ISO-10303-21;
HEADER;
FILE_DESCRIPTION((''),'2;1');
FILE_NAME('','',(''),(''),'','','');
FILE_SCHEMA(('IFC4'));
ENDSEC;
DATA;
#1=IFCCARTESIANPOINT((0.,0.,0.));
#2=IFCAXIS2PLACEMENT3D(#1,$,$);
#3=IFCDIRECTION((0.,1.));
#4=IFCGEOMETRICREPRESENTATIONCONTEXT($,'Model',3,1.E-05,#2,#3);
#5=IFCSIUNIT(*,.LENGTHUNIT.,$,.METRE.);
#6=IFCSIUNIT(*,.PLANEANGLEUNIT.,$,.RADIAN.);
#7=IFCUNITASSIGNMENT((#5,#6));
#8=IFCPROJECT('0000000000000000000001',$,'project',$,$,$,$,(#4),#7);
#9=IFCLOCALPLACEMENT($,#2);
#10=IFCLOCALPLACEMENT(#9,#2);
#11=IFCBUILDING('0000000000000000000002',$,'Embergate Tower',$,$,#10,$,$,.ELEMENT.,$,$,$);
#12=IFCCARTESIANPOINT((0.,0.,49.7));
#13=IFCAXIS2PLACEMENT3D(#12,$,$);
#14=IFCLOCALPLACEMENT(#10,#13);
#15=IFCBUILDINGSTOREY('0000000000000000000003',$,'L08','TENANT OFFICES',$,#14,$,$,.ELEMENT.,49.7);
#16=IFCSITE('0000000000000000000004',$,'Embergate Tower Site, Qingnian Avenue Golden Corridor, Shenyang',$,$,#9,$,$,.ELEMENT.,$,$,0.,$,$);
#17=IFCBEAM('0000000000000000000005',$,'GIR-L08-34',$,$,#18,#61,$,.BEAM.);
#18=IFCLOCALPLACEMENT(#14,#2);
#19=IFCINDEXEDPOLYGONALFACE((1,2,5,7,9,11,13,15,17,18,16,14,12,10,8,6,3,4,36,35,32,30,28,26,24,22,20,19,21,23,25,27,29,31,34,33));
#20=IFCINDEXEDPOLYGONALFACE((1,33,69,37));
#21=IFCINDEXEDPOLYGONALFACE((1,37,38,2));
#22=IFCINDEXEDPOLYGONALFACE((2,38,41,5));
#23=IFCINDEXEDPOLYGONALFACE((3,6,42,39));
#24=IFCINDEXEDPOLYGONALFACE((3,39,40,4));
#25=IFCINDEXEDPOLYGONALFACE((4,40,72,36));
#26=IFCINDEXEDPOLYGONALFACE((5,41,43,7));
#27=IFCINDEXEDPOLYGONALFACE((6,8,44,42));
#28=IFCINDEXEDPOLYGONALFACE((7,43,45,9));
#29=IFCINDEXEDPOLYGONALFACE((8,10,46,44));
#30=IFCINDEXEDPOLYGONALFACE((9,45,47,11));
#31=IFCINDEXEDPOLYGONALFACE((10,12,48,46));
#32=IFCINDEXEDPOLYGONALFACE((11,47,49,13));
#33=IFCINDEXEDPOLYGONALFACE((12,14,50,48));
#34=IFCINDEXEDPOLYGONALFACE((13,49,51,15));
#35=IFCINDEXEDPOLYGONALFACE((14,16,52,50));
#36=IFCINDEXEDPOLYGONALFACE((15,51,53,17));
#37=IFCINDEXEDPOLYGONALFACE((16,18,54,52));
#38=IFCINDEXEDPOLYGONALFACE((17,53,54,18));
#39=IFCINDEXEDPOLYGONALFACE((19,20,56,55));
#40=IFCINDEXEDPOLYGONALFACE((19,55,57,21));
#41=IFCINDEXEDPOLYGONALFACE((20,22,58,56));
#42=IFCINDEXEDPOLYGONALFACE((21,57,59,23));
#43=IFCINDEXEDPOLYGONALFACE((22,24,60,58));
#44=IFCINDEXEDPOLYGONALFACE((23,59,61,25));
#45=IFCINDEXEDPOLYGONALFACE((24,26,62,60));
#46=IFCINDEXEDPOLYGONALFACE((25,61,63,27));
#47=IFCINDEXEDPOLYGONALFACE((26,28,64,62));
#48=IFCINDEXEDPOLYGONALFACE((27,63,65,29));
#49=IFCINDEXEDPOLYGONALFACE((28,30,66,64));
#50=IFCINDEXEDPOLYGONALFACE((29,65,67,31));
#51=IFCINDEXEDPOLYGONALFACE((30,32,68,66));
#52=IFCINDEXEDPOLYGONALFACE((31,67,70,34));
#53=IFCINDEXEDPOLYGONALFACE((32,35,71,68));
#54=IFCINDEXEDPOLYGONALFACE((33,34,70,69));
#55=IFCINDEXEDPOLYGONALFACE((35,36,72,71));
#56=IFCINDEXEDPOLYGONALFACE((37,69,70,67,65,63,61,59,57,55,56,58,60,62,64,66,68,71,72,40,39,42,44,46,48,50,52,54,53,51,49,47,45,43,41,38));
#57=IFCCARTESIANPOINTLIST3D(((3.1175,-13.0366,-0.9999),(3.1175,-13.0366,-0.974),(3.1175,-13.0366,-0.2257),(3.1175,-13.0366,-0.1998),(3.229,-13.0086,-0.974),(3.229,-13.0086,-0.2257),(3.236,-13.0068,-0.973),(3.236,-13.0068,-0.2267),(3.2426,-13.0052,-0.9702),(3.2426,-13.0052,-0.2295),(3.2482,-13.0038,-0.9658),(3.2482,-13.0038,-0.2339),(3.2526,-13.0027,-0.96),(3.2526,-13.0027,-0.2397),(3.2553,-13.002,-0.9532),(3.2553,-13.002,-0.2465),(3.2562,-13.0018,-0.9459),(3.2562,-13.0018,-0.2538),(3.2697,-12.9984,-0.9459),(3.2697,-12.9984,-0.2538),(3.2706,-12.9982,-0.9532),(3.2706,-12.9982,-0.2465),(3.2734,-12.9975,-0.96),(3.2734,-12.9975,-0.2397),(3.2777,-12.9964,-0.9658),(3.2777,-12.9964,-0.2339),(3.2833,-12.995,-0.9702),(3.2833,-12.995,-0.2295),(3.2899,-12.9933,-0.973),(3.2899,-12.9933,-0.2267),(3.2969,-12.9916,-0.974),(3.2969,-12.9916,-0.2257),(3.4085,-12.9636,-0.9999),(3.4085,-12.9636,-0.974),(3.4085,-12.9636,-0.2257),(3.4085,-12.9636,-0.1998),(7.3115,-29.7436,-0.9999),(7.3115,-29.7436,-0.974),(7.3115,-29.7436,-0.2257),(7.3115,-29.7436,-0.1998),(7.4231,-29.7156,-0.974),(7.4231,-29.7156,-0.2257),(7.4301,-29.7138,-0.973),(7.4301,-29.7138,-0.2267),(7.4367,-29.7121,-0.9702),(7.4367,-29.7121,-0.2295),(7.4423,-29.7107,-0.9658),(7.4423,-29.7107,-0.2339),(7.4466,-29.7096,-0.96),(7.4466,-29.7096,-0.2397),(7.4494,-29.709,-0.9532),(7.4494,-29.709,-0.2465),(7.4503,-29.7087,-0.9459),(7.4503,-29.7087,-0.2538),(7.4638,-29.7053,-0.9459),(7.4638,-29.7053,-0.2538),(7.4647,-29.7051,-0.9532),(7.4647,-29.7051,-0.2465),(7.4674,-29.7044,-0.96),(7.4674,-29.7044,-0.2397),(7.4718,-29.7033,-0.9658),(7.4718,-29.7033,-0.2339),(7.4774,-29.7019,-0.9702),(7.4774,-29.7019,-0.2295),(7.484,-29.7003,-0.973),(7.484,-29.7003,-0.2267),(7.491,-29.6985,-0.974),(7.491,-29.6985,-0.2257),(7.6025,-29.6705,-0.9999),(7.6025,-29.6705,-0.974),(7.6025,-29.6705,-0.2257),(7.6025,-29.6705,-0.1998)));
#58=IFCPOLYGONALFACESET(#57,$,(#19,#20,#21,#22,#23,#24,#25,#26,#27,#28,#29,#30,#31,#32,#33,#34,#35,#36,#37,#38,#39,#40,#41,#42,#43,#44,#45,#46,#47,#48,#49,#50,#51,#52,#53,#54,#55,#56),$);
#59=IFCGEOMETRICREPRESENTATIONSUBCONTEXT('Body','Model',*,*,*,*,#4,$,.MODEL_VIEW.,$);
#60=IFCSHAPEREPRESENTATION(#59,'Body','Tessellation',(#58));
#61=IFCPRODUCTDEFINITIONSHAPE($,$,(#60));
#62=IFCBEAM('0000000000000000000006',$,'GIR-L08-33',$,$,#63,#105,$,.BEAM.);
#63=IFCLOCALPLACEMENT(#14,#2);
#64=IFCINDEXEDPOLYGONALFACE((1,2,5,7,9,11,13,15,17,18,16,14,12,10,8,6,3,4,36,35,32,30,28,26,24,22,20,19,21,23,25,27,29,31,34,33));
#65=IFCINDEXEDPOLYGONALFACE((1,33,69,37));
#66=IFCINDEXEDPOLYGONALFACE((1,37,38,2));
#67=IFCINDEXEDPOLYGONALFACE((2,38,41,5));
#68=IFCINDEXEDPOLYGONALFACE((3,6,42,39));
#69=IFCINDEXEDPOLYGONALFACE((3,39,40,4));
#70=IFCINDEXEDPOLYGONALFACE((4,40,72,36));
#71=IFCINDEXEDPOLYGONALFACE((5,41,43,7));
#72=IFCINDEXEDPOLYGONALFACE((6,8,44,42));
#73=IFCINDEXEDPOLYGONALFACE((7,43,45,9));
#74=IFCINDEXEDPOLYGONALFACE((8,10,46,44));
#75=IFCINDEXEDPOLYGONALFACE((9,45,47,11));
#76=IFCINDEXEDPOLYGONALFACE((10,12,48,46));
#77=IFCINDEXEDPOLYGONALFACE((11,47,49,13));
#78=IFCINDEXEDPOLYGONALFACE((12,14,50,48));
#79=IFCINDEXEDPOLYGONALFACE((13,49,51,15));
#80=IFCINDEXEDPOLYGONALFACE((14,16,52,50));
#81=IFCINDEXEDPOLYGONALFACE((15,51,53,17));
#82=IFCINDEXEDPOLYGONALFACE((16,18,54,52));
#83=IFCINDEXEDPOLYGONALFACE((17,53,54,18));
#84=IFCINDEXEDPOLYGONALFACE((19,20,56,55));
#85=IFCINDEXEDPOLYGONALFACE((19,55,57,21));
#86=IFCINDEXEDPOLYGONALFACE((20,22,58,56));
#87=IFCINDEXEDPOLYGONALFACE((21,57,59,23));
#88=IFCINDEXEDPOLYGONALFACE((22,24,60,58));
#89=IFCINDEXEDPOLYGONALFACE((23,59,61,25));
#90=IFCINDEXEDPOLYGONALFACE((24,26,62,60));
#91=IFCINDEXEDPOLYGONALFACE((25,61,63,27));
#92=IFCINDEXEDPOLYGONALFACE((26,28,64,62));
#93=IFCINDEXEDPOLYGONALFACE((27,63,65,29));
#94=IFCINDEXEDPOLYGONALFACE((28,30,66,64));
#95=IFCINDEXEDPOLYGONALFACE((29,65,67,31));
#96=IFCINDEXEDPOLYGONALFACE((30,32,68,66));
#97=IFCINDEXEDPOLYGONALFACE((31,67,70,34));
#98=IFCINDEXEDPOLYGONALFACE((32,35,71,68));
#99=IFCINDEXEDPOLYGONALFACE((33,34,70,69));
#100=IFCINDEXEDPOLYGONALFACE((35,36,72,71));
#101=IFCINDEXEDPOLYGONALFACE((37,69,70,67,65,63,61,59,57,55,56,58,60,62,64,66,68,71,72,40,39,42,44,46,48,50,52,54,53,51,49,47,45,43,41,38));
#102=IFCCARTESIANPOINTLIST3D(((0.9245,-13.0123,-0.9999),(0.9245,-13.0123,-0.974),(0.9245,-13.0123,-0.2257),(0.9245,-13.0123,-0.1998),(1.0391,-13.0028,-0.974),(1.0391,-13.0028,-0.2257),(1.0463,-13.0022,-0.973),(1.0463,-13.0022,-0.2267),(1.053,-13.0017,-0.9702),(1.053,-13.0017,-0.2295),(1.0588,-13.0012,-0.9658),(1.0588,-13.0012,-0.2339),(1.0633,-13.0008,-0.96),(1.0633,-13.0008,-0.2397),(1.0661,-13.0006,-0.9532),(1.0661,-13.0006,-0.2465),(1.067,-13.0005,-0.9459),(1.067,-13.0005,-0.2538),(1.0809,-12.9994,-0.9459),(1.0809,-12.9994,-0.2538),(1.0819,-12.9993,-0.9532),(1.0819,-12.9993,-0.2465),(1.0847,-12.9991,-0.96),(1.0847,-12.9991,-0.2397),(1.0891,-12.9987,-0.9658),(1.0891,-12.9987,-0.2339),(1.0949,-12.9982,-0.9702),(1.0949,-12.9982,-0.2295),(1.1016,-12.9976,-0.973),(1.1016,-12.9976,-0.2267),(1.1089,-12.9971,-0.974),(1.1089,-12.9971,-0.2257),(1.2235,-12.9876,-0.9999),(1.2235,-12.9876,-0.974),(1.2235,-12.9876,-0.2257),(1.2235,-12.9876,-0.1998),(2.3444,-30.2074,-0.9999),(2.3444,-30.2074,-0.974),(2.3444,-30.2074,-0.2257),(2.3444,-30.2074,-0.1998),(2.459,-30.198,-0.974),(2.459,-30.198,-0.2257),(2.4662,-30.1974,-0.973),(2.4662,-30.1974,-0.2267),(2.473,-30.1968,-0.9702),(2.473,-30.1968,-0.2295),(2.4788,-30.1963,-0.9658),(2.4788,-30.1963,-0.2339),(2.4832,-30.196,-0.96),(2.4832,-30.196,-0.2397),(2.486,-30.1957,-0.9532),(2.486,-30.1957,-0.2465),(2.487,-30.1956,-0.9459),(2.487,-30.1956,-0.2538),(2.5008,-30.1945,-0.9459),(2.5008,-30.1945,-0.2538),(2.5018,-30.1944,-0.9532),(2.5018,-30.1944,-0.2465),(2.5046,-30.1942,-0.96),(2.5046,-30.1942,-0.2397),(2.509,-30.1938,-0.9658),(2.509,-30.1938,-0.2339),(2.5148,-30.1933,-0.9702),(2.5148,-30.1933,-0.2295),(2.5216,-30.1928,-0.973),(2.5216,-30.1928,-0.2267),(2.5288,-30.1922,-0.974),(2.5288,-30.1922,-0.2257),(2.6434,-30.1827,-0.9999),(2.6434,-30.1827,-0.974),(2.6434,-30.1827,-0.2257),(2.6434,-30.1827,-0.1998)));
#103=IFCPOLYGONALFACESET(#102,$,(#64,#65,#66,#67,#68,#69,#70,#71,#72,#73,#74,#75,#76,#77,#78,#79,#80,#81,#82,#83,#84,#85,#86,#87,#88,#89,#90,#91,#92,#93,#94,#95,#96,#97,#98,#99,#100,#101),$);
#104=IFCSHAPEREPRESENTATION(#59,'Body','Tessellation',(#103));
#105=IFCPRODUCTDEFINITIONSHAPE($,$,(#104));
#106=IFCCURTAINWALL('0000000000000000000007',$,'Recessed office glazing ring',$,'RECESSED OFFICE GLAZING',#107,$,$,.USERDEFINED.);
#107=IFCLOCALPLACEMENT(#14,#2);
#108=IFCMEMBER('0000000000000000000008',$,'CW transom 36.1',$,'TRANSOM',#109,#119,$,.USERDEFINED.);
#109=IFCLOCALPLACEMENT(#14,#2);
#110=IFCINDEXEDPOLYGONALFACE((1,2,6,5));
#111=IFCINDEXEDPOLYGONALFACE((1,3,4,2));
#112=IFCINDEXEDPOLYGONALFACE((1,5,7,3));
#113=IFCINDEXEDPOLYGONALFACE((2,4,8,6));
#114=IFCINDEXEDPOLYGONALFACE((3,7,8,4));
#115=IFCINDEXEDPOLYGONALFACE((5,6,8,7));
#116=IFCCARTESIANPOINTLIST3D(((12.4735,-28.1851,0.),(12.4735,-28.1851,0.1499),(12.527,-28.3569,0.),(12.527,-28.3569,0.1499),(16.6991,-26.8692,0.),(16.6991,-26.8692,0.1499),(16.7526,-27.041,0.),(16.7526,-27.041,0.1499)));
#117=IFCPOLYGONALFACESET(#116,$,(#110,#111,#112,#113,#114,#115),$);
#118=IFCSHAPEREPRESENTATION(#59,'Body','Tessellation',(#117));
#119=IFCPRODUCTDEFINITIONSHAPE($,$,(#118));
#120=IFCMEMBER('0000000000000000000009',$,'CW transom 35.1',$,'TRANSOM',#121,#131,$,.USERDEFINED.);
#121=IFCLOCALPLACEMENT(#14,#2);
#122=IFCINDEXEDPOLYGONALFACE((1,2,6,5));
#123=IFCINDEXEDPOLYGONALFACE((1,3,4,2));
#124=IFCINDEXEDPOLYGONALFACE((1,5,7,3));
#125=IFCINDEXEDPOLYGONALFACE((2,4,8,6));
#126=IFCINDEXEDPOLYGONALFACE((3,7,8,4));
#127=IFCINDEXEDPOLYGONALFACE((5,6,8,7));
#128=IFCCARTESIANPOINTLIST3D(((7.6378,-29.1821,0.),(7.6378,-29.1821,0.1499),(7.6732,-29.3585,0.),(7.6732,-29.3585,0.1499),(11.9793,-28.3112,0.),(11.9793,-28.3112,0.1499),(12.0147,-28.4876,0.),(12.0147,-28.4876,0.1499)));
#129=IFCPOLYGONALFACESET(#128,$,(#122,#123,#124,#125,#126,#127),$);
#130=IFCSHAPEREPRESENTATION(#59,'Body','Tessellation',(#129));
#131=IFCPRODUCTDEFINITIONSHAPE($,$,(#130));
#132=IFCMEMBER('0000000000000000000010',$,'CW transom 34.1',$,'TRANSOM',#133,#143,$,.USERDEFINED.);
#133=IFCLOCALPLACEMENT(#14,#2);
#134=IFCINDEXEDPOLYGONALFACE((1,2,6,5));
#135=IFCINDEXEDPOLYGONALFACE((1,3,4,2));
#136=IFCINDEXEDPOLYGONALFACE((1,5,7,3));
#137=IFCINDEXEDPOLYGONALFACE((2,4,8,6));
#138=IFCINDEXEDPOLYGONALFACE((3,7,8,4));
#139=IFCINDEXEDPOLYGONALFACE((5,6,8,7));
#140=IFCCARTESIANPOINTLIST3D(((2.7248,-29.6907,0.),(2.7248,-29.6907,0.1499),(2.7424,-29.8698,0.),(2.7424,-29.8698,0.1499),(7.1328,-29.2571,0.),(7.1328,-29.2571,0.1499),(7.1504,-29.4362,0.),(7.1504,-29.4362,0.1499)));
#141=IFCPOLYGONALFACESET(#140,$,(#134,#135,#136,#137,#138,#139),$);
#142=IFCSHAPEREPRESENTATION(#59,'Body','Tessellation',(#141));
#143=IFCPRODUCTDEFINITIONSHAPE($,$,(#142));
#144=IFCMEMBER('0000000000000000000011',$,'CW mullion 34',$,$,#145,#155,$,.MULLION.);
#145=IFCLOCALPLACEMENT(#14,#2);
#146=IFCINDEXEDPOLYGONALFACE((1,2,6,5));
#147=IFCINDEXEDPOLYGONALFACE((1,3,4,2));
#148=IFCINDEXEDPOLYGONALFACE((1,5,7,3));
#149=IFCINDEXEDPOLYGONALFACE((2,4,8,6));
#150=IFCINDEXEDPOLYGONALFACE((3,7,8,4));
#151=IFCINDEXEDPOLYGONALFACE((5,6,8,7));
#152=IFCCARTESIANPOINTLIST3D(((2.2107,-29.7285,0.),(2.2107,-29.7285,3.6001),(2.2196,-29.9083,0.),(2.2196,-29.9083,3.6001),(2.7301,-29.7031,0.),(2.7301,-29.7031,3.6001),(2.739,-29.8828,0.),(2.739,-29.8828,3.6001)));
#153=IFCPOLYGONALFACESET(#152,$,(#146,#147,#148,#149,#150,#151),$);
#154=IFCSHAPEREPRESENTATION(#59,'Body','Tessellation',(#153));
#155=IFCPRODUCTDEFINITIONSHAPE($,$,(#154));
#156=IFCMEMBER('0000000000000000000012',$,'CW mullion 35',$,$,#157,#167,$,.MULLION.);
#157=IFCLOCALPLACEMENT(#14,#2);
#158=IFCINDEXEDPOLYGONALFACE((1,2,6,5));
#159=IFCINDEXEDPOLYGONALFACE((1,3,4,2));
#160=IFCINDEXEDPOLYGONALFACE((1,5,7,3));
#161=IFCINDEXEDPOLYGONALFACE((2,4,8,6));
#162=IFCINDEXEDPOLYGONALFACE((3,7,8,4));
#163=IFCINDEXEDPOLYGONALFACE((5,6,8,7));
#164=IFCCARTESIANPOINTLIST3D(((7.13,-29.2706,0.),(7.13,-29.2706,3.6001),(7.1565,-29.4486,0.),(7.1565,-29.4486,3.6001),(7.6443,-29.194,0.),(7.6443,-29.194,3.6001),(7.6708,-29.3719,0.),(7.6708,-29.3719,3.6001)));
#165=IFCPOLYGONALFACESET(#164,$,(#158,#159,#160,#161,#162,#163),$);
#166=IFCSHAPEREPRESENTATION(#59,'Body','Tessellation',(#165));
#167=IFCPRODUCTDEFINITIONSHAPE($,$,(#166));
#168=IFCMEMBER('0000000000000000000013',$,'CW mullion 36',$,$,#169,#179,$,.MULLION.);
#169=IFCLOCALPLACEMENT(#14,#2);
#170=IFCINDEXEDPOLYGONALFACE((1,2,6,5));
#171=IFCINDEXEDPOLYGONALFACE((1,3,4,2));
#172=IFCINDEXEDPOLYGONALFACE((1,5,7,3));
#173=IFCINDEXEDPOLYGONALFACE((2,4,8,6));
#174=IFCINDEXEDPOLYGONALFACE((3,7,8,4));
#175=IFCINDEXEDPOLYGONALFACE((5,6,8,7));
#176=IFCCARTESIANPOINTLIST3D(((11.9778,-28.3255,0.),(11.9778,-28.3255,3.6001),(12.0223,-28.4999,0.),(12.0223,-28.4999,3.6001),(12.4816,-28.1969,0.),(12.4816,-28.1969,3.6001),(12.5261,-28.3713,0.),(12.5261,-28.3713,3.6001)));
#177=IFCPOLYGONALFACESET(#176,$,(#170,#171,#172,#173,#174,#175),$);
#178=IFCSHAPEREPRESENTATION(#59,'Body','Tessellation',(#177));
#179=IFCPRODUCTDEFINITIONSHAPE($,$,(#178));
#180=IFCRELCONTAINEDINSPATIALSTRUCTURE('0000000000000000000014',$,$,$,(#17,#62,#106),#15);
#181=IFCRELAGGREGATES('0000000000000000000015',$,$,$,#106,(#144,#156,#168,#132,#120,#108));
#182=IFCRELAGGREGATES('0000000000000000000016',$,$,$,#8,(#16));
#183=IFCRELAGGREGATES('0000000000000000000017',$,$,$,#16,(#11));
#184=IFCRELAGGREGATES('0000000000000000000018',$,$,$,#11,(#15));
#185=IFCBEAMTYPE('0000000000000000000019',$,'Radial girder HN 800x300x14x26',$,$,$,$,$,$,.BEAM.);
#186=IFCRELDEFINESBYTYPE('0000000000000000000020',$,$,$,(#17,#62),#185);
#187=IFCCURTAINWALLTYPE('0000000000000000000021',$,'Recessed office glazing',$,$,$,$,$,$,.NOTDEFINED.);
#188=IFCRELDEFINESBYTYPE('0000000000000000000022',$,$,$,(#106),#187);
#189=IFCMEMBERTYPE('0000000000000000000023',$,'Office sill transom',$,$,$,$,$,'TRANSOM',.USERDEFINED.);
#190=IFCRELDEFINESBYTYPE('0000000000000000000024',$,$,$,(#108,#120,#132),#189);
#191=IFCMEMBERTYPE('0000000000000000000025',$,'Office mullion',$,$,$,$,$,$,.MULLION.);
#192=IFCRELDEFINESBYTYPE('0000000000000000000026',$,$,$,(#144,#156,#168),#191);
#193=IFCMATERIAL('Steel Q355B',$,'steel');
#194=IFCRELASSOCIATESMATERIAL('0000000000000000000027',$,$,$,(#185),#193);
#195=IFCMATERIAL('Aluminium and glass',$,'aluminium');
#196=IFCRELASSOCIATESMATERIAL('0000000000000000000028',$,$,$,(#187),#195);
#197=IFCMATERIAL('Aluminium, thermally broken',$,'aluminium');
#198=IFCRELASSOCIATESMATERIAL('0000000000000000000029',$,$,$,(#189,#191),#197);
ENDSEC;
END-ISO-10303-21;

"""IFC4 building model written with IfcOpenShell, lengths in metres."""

from ifc_helpers import new_model, si_unit, direction, frame, origin, origin_2d, place, context, subcontext, project, spatial, rectangle, i_section, extrude, source, transform, mapped, material, material_profile, profile_set, type_object, element, aggregate, save


model = new_model("IFC4")

# Units and contexts
model_context = context("Model", 3, precision=1e-05, world=origin(), true_north=direction((0.0, 1.0)))
body_context = subcontext(model_context, "Body", "Model", "MODEL_VIEW")
ifc_project = project(units=[si_unit("LENGTHUNIT", "METRE"), si_unit("PLANEANGLEUNIT", "RADIAN")], contexts=[model_context])

# Site, building, storey
site_placement = place(None, origin())
site = spatial("IfcSite", under=ifc_project, at=site_placement, Name="Embergate Tower Site, Qingnian Avenue Golden Corridor, Shenyang", CompositionType="ELEMENT", RefElevation=0.0)
building_placement = place(site_placement, origin())
building = spatial("IfcBuilding", under=site, at=building_placement, Name="Embergate Tower", CompositionType="ELEMENT")
storey_placement = place(building_placement, frame((0.0, 0.0, 49.7)))
storey = spatial("IfcBuildingStorey", under=building, at=storey_placement, Name="L08", Description="TENANT OFFICES", CompositionType="ELEMENT", Elevation=49.7)

# Beams
ifc_material_1 = material(Name="Steel Q355B", Category="steel")
ifc_material_profile_1 = material_profile(ifc_material_1, i_section(OverallWidth=0.3, OverallDepth=0.8, WebThickness=0.0139, FlangeThickness=0.0259, FilletRadius=0.0281, at=origin_2d()), Name="HN 800x300x14x26")
ifc_profile_set_1 = profile_set([ifc_material_profile_1], Name="Steel Q355 grade B")
beam_type_1 = type_object("IfcBeamType", Name="Radial girder HN 800x300x14x26", PredefinedType="BEAM", material=ifc_profile_set_1)
shared_shape_1 = source(origin(), body_context, "Body", "SweptSolid", [
    extrude(i_section(OverallWidth=0.3, OverallDepth=0.8, WebThickness=0.0139, FlangeThickness=0.0259, FilletRadius=0.0281, at=origin_2d()), origin(), (0.0, 0.0, 1.0), 17.2253),
])
beam_1_placement = place(storey_placement, frame((7.457, -29.707, -0.5999), z_axis=(-0.243483, 0.969905, 0.0), x_axis=(-0.969905, -0.243483, 0.0)))
element("IfcBeam", 1, at=beam_1_placement, inside=storey, type_object=beam_type_1, Name="GIR-L08-34", PredefinedType="BEAM", context=body_context, shape_type="MappedRepresentation", body=[
    mapped(shared_shape_1, transform((0.0, 0.0, 0.0))),
])
shared_shape_2 = source(origin(), body_context, "Body", "SweptSolid", [
    extrude(i_section(OverallWidth=0.3, OverallDepth=0.8, WebThickness=0.0139, FlangeThickness=0.0259, FilletRadius=0.0281, at=origin_2d()), origin(), (0.0, 0.0, 1.0), 17.2537),
])
beam_2_placement = place(storey_placement, frame((2.4939, -30.1951, -0.5999), z_axis=(-0.082297, 0.996608, 0.0), x_axis=(-0.996608, -0.082297, 0.0)))
element("IfcBeam", 2, at=beam_2_placement, inside=storey, type_object=beam_type_1, Name="GIR-L08-33", PredefinedType="BEAM", context=body_context, shape_type="MappedRepresentation", body=[
    mapped(shared_shape_2, transform((0.0, 0.0, 0.0))),
])

# Curtain wall, members
ifc_material_2 = material(Name="Aluminium and glass", Category="aluminium")
curtain_wall_type = type_object("IfcCurtainWallType", Name="Recessed office glazing", PredefinedType="NOTDEFINED", material=ifc_material_2)
curtain_wall_placement = place(storey_placement, origin())
curtain_wall = element("IfcCurtainWall", 3, at=curtain_wall_placement, inside=storey, type_object=curtain_wall_type, Name="Recessed office glazing ring", ObjectType="RECESSED OFFICE GLAZING", PredefinedType="USERDEFINED")
ifc_material_3 = material(Name="Aluminium, thermally broken", Category="aluminium")
ifc_material_profile_2 = material_profile(ifc_material_3, rectangle(XDim=0.1799, YDim=0.1499, at=origin_2d()), Name="AL 150x180")
ifc_profile_set_2 = profile_set([ifc_material_profile_2], Name="Aluminium, thermally broken")
member_type_1 = type_object("IfcMemberType", Name="Office sill transom", ElementType="TRANSOM", PredefinedType="USERDEFINED", material=ifc_profile_set_2)
shared_shape_3 = source(origin(), body_context, "Body", "SweptSolid", [
    extrude(rectangle(XDim=0.1799, YDim=0.1499, at=origin_2d()), origin(), (0.0, 0.0, 1.0), 4.4258),
])
member_1_placement = place(storey_placement, frame((12.5002, -28.271, 0.075), z_axis=(0.954774, 0.297333, 0.0), x_axis=(-0.297333, 0.954774, 0.0)))
member_1 = element("IfcMember", 4, at=member_1_placement, type_object=member_type_1, Name="CW transom 36.1", ObjectType="TRANSOM", PredefinedType="USERDEFINED", context=body_context, shape_type="MappedRepresentation", body=[
    mapped(shared_shape_3, transform((0.0, 0.0, 0.0))),
])
shared_shape_4 = source(origin(), body_context, "Body", "SweptSolid", [
    extrude(rectangle(XDim=0.1799, YDim=0.1499, at=origin_2d()), origin(), (0.0, 0.0, 1.0), 4.428),
])
member_2_placement = place(storey_placement, frame((7.6555, -29.2703, 0.075), z_axis=(0.98047, 0.196667, 0.0), x_axis=(-0.196667, 0.98047, 0.0)))
member_2 = element("IfcMember", 5, at=member_2_placement, type_object=member_type_1, Name="CW transom 35.1", ObjectType="TRANSOM", PredefinedType="USERDEFINED", context=body_context, shape_type="MappedRepresentation", body=[
    mapped(shared_shape_4, transform((0.0, 0.0, 0.0))),
])
shared_shape_5 = source(origin(), body_context, "Body", "SweptSolid", [
    extrude(rectangle(XDim=0.1799, YDim=0.1499, at=origin_2d()), origin(), (0.0, 0.0, 1.0), 4.4292),
])
member_3_placement = place(storey_placement, frame((2.7336, -29.7803, 0.075), z_axis=(0.995197, 0.097894, 0.0), x_axis=(-0.097894, 0.995197, 0.0)))
member_3 = element("IfcMember", 6, at=member_3_placement, type_object=member_type_1, Name="CW transom 34.1", ObjectType="TRANSOM", PredefinedType="USERDEFINED", context=body_context, shape_type="MappedRepresentation", body=[
    mapped(shared_shape_5, transform((0.0, 0.0, 0.0))),
])
ifc_material_profile_3 = material_profile(ifc_material_3, rectangle(XDim=0.1799, YDim=0.52, at=origin_2d()), Name="AL 520x180")
ifc_profile_set_3 = profile_set([ifc_material_profile_3], Name="Aluminium, thermally broken")
member_type_2 = type_object("IfcMemberType", Name="Office mullion", PredefinedType="MULLION", material=ifc_profile_set_3)
shared_shape_6 = source(origin(), body_context, "Body", "SweptSolid", [
    extrude(rectangle(XDim=0.1799, YDim=0.52, at=origin_2d()), origin(), (0.0, 0.0, 1.0), 3.6001),
])
member_4_placement = place(storey_placement, frame((2.4749, -29.8057, 0.0), z_axis=(0.0, 0.0, 1.0), x_axis=(-0.048972, 0.9988, 0.0)))
member_4 = element("IfcMember", 7, at=member_4_placement, type_object=member_type_2, Name="CW mullion 34", PredefinedType="MULLION", context=body_context, shape_type="MappedRepresentation", body=[
    mapped(shared_shape_6, transform((0.0, 0.0, 0.0))),
])
member_5_placement = place(storey_placement, frame((7.4004, -29.3213, 0.0), z_axis=(0.0, 0.0, 1.0), x_axis=(-0.147412, 0.989075, 0.0)))
member_5 = element("IfcMember", 8, at=member_5_placement, type_object=member_type_2, Name="CW mullion 35", PredefinedType="MULLION", context=body_context, shape_type="MappedRepresentation", body=[
    mapped(shared_shape_6, transform((0.0, 0.0, 0.0))),
])
member_6_placement = place(storey_placement, frame((12.252, -28.3484, 0.0), z_axis=(0.0, 0.0, 1.0), x_axis=(-0.247312, 0.968936, 0.0)))
member_6 = element("IfcMember", 9, at=member_6_placement, type_object=member_type_2, Name="CW mullion 36", PredefinedType="MULLION", context=body_context, shape_type="MappedRepresentation", body=[
    mapped(shared_shape_6, transform((0.0, 0.0, 0.0))),
])
aggregate(curtain_wall, [member_4, member_5, member_6, member_3, member_2, member_1])

save(model, "model.ifc")
